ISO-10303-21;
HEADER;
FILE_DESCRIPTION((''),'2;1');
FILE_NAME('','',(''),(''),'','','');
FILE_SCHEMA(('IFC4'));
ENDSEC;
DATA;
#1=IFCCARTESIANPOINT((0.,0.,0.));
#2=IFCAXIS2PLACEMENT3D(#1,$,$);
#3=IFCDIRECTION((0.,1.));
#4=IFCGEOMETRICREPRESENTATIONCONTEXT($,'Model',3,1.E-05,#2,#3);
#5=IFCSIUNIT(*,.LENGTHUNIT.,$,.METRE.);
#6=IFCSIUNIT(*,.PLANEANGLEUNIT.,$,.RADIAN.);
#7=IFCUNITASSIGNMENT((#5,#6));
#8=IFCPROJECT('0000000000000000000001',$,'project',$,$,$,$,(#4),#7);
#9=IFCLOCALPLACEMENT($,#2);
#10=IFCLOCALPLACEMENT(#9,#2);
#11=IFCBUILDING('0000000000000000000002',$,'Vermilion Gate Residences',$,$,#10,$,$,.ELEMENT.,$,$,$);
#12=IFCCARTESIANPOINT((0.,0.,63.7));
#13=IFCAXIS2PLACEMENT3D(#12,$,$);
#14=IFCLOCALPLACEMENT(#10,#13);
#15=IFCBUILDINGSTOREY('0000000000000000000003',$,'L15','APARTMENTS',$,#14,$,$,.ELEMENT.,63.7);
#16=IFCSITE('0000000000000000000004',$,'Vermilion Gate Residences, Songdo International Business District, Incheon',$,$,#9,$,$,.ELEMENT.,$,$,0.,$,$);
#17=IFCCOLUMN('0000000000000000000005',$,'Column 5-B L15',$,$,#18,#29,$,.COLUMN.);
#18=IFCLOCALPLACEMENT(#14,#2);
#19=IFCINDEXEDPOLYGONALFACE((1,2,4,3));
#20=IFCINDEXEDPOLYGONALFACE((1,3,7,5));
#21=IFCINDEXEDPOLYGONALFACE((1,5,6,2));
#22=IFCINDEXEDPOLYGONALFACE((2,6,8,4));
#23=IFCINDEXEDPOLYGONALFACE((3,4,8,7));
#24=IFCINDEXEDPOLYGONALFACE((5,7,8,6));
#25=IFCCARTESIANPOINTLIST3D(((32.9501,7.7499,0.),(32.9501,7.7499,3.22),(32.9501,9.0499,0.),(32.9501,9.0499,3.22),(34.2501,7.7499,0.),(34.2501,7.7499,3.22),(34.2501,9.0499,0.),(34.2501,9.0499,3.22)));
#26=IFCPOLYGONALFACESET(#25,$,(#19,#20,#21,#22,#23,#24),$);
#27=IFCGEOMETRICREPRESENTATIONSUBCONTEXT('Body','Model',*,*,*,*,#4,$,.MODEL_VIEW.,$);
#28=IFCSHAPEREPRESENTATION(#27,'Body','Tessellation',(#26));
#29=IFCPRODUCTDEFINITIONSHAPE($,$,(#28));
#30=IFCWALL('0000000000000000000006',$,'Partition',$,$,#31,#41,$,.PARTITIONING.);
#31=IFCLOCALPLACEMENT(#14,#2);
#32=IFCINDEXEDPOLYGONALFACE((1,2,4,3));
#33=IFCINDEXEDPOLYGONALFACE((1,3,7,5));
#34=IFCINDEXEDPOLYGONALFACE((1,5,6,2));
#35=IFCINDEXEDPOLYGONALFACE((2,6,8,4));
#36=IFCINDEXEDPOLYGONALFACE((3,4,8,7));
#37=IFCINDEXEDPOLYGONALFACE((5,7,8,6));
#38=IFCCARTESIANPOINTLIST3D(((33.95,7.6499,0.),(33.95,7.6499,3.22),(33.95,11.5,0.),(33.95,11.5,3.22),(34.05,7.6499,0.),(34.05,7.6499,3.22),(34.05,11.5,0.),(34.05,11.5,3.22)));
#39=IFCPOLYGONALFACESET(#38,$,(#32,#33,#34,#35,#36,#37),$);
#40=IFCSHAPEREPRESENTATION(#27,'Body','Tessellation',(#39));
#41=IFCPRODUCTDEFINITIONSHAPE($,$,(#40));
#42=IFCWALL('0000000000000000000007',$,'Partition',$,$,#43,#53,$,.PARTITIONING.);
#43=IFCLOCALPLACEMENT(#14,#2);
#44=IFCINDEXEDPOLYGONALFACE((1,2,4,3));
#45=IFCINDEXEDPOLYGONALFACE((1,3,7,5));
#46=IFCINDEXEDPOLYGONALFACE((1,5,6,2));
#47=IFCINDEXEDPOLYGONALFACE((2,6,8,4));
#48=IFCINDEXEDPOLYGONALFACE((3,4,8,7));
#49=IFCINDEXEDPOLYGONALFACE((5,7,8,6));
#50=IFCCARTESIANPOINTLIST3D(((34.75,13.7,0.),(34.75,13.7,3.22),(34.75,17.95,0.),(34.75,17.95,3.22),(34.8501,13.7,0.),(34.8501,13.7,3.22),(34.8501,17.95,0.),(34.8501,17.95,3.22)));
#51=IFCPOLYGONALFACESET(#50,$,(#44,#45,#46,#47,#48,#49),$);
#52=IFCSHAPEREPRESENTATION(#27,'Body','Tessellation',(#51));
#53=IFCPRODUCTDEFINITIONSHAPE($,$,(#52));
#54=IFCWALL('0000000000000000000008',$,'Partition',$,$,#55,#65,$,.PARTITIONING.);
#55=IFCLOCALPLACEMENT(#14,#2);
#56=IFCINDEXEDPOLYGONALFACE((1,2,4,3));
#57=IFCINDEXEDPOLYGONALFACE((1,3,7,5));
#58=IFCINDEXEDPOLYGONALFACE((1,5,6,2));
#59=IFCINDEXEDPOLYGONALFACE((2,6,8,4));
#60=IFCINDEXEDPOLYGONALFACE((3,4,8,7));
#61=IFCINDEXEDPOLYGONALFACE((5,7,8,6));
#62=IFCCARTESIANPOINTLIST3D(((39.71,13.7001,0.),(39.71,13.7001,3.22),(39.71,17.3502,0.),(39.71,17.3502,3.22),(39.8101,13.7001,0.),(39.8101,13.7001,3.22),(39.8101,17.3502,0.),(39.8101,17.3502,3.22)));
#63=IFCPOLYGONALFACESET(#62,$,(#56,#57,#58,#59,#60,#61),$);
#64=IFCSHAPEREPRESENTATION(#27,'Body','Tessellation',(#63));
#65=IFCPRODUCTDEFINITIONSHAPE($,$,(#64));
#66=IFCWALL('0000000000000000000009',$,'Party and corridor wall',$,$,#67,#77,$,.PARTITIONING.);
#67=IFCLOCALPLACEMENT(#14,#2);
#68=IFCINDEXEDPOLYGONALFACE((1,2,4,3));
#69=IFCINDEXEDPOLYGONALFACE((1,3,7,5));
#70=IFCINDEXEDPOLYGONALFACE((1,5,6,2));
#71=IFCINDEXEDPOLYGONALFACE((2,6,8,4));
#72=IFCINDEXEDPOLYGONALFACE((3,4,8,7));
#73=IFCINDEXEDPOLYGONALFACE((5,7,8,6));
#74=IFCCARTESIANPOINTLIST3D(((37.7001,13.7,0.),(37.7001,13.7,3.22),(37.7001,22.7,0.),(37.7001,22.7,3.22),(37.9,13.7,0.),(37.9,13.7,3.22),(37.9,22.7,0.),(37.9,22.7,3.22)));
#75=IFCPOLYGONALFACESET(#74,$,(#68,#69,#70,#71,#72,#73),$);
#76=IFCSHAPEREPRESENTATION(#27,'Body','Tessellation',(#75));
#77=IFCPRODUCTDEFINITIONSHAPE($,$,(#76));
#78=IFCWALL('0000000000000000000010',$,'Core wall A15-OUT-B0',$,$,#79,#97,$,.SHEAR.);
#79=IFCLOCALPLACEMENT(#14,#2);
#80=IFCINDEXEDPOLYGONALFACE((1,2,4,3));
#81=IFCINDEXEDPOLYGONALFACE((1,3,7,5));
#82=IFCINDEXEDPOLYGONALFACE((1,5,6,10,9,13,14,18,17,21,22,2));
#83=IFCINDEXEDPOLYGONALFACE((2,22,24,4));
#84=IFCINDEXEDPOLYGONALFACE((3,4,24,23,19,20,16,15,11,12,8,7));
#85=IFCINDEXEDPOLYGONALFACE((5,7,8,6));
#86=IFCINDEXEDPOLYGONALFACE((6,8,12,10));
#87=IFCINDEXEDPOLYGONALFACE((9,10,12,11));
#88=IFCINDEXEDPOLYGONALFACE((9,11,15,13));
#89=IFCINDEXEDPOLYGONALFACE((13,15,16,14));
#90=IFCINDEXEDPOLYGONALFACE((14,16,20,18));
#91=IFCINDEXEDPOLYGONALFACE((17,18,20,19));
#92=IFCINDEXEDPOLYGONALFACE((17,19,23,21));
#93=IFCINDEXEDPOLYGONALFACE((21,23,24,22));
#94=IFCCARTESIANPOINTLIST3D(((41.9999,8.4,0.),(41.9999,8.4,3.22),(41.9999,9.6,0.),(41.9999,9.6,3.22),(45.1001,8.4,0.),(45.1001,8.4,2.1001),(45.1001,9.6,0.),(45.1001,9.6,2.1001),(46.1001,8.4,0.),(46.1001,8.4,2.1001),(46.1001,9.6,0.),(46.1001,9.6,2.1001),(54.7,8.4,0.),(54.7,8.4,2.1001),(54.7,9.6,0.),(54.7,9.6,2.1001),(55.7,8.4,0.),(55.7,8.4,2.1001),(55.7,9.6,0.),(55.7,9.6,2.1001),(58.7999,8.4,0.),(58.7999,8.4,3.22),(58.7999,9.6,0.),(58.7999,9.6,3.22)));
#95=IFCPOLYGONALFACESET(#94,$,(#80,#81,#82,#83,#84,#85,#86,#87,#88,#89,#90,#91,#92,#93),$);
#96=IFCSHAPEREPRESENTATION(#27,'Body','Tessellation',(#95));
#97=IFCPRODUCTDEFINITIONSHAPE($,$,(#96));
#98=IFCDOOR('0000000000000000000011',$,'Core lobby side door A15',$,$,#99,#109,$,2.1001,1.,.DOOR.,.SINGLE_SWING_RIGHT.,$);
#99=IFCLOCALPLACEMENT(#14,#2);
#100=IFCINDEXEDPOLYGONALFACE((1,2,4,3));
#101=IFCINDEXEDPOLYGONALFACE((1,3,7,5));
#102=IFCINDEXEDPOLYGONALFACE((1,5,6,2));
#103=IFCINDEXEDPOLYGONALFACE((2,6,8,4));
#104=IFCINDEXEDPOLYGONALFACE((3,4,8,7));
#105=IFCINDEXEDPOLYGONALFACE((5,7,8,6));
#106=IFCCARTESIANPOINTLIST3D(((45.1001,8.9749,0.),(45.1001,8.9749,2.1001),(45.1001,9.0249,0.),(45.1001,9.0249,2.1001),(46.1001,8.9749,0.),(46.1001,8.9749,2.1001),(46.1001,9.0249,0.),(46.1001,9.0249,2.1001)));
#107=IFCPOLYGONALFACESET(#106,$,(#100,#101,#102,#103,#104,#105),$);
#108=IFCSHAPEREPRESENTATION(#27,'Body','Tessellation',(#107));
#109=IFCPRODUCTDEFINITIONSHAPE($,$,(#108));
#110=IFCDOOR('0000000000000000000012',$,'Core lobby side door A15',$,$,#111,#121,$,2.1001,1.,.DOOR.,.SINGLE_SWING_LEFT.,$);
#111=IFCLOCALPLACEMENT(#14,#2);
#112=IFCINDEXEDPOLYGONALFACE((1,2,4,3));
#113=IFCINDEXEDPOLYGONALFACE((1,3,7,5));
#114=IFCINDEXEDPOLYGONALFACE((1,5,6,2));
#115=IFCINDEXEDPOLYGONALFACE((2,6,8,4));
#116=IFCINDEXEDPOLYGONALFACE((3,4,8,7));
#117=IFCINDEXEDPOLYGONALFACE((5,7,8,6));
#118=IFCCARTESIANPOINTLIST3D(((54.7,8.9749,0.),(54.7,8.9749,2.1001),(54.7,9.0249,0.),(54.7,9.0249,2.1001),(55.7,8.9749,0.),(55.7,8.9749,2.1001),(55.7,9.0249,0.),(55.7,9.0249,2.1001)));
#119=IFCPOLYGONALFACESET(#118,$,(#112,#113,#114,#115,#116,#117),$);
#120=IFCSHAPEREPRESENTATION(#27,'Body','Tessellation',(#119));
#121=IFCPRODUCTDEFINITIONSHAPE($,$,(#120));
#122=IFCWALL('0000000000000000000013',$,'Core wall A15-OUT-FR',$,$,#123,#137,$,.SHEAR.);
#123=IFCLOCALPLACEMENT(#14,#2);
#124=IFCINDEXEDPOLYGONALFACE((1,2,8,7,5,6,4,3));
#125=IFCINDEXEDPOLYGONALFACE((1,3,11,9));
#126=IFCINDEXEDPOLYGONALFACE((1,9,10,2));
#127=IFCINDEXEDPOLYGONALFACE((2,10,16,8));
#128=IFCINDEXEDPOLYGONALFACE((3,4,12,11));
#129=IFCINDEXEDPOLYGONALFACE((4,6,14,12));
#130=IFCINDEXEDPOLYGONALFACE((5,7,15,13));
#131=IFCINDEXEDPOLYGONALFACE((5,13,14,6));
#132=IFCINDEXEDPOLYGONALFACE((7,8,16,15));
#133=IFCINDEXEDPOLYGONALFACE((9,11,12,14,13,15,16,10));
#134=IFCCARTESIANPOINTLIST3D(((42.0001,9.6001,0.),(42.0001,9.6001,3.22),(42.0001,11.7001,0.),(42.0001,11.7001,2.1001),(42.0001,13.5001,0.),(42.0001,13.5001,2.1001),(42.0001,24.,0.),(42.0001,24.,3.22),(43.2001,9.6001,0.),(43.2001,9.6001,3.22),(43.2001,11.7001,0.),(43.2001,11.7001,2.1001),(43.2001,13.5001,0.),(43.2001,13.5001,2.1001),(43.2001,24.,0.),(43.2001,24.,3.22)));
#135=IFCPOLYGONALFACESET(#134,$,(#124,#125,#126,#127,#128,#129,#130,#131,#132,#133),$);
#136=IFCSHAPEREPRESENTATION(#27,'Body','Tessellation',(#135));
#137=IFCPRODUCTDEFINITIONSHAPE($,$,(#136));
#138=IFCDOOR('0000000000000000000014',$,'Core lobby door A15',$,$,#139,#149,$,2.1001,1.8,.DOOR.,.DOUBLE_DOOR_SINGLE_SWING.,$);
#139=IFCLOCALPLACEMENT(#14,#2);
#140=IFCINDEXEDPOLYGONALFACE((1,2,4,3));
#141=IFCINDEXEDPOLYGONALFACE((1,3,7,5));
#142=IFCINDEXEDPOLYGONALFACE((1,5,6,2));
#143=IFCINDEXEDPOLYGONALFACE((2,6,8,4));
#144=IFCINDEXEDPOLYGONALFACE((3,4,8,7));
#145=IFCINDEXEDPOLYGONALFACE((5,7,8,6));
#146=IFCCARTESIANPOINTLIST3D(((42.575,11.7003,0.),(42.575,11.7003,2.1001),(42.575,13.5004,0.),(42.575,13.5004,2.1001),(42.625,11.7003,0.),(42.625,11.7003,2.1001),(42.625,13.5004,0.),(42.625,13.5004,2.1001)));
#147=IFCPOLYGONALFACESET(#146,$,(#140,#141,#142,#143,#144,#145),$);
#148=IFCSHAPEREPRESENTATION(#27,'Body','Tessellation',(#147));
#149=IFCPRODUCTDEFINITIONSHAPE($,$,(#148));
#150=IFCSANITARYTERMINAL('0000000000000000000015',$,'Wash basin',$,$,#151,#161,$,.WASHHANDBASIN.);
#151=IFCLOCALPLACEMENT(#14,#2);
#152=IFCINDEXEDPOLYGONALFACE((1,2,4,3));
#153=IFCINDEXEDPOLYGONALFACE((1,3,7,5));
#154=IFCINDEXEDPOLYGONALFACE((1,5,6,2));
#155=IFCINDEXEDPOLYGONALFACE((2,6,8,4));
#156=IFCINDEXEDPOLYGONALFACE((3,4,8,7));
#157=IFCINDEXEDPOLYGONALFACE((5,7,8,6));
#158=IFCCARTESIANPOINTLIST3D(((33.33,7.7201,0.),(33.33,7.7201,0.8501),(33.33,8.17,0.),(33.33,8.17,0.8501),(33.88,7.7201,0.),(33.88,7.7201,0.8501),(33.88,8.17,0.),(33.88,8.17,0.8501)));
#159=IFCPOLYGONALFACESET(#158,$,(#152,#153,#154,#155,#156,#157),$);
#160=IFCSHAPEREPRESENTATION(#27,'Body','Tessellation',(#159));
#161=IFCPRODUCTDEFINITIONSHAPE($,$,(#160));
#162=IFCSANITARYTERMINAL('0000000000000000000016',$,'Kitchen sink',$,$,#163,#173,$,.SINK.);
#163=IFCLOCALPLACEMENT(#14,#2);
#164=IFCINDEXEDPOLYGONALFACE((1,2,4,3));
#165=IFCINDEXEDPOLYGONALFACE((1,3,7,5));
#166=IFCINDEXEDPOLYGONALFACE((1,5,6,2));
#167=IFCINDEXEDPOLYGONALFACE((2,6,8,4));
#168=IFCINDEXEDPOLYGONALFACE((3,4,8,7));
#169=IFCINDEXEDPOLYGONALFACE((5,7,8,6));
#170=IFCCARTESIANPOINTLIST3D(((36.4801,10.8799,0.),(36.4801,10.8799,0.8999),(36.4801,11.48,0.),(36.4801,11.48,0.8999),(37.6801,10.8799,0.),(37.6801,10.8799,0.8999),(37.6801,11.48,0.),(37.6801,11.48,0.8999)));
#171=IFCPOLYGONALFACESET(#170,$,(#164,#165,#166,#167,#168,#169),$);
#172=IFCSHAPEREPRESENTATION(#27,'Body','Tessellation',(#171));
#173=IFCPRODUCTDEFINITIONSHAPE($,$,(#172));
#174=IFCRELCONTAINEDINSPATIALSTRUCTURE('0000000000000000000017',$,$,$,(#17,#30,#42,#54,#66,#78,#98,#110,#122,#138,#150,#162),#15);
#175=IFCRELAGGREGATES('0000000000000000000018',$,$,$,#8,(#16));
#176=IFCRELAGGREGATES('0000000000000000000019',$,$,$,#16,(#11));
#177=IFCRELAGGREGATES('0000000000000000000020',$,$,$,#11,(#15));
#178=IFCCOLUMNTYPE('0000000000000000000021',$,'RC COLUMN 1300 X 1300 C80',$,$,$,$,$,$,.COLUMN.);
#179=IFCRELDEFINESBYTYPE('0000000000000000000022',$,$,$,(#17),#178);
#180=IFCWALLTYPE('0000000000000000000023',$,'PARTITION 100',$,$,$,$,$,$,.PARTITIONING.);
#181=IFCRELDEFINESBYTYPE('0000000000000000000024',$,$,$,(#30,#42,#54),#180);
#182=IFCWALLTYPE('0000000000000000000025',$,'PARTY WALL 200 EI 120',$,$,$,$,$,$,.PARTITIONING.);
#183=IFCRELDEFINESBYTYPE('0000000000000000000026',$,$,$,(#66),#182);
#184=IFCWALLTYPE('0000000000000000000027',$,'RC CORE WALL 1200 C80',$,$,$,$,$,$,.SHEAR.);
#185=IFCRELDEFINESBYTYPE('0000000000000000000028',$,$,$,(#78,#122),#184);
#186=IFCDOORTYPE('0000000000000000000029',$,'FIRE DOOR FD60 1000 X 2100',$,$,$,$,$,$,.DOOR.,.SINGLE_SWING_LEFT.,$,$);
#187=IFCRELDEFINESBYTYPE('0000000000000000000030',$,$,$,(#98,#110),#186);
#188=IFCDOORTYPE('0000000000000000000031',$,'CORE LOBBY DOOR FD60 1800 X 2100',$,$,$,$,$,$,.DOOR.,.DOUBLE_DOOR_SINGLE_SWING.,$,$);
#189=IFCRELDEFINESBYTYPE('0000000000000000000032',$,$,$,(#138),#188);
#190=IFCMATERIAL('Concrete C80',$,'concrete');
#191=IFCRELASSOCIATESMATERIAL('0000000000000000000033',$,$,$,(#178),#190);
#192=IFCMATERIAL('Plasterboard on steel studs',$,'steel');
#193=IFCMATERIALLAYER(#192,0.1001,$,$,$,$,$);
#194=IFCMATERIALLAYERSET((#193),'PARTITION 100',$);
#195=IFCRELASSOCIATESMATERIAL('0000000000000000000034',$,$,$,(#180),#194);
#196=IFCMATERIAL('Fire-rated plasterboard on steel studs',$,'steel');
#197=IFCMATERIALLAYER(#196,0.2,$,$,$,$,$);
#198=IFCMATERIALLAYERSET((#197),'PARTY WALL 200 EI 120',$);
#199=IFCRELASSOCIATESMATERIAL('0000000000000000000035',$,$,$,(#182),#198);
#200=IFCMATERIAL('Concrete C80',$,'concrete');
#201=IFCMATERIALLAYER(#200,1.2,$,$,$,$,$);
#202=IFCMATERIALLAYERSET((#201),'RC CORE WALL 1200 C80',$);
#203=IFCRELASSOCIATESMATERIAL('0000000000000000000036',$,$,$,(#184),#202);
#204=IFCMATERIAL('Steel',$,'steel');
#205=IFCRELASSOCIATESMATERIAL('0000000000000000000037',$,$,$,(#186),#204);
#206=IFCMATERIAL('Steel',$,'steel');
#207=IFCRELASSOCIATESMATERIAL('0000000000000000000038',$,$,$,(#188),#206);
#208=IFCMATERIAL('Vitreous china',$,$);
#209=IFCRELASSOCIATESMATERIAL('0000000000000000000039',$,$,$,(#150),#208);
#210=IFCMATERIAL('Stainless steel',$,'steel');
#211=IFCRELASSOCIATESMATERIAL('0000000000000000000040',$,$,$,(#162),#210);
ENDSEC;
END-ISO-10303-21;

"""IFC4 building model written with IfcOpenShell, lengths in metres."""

from ifc_helpers import new_model, si_unit, direction, frame, frame_2d, origin, origin_2d, place, context, subcontext, project, spatial, rectangle, extrude, material, layer, layer_set, material_profile, profile_set, type_object, element, fill, save


model = new_model("IFC4")

# Units and contexts
model_context = context("Model", 3, precision=1e-05, world=origin(), true_north=direction((0.0, 1.0)))
body_context = subcontext(model_context, "Body", "Model", "MODEL_VIEW")
ifc_project = project(units=[si_unit("LENGTHUNIT", "METRE"), si_unit("PLANEANGLEUNIT", "RADIAN")], contexts=[model_context])

# Site, building, storey
site_placement = place(None, origin())
site = spatial("IfcSite", under=ifc_project, at=site_placement, Name="Vermilion Gate Residences, Songdo International Business District, Incheon", CompositionType="ELEMENT", RefElevation=0.0)
building_placement = place(site_placement, origin())
building = spatial("IfcBuilding", under=site, at=building_placement, Name="Vermilion Gate Residences", CompositionType="ELEMENT")
storey_placement = place(building_placement, frame((0.0, 0.0, 63.7)))
storey = spatial("IfcBuildingStorey", under=building, at=storey_placement, Name="L15", Description="APARTMENTS", CompositionType="ELEMENT", Elevation=63.7)

# Column
ifc_material_1 = material(Name="Concrete C80", Category="concrete")
ifc_material_profile = material_profile(ifc_material_1, rectangle(XDim=1.3, YDim=1.3, at=origin_2d()), Name="RC-1300x1300")
ifc_profile_set = profile_set([ifc_material_profile], Name="Concrete C80")
column_type = type_object("IfcColumnType", Name="RC COLUMN 1300 X 1300 C80", PredefinedType="COLUMN", material=ifc_profile_set)
column_placement = place(storey_placement, frame((33.6001, 8.3999, 0.0), z_axis=(0.0, 0.0, 1.0), x_axis=(1.0, 0.0, 0.0)))
element("IfcColumn", 1, at=column_placement, inside=storey, type_object=column_type, Name="Column 5-B L15", PredefinedType="COLUMN", context=body_context, shape_type="SweptSolid", body=[
    extrude(rectangle(XDim=1.3, YDim=1.3, at=origin_2d()), origin(), (0.0, 0.0, 1.0), 3.22),
])

# Walls
ifc_material_2 = material(Name="Plasterboard on steel studs", Category="steel")
ifc_layer_1 = layer(ifc_material_2, 0.1001)
ifc_layer_set_1 = layer_set([ifc_layer_1], Name="PARTITION 100")
wall_type_1 = type_object("IfcWallType", Name="PARTITION 100", PredefinedType="PARTITIONING", material=ifc_layer_set_1)
wall_1_placement = place(storey_placement, frame((34.0, 7.6499, 0.0), z_axis=(0.0, 0.0, 1.0), x_axis=(0.0, 1.0, 0.0)))
element("IfcWall", 2, at=wall_1_placement, inside=storey, type_object=wall_type_1, Name="Partition", PredefinedType="PARTITIONING", context=body_context, shape_type="SweptSolid", body=[
    extrude(rectangle(XDim=3.8501, YDim=0.1001, at=frame_2d((1.925, 0.0))), origin(), (0.0, 0.0, 1.0), 3.22),
])
wall_2_placement = place(storey_placement, frame((34.8, 13.7, 0.0), z_axis=(0.0, 0.0, 1.0), x_axis=(0.0, 1.0, 0.0)))
element("IfcWall", 3, at=wall_2_placement, inside=storey, type_object=wall_type_1, Name="Partition", PredefinedType="PARTITIONING", context=body_context, shape_type="SweptSolid", body=[
    extrude(rectangle(XDim=4.25, YDim=0.1001, at=frame_2d((2.125, 0.0))), origin(), (0.0, 0.0, 1.0), 3.22),
])
wall_3_placement = place(storey_placement, frame((39.76, 13.7, 0.0), z_axis=(0.0, 0.0, 1.0), x_axis=(0.0, 1.0, 0.0)))
element("IfcWall", 4, at=wall_3_placement, inside=storey, type_object=wall_type_1, Name="Partition", PredefinedType="PARTITIONING", context=body_context, shape_type="SweptSolid", body=[
    extrude(rectangle(XDim=3.6501, YDim=0.1001, at=frame_2d((1.8252, 0.0))), origin(), (0.0, 0.0, 1.0), 3.22),
])
ifc_material_3 = material(Name="Fire-rated plasterboard on steel studs", Category="steel")
ifc_layer_2 = layer(ifc_material_3, 0.2)
ifc_layer_set_2 = layer_set([ifc_layer_2], Name="PARTY WALL 200 EI 120")
wall_type_2 = type_object("IfcWallType", Name="PARTY WALL 200 EI 120", PredefinedType="PARTITIONING", material=ifc_layer_set_2)
wall_4_placement = place(storey_placement, frame((37.8, 13.7, 0.0), z_axis=(0.0, 0.0, 1.0), x_axis=(0.0, 1.0, 0.0)))
element("IfcWall", 5, at=wall_4_placement, inside=storey, type_object=wall_type_2, Name="Party and corridor wall", PredefinedType="PARTITIONING", context=body_context, shape_type="SweptSolid", body=[
    extrude(rectangle(XDim=9.0, YDim=0.2, at=frame_2d((4.5, 0.0))), origin(), (0.0, 0.0, 1.0), 3.22),
])

# Wall, openings, doors
ifc_material_4 = material(Name="Concrete C80", Category="concrete")
ifc_layer_3 = layer(ifc_material_4, 1.2)
ifc_layer_set_3 = layer_set([ifc_layer_3], Name="RC CORE WALL 1200 C80")
wall_type_3 = type_object("IfcWallType", Name="RC CORE WALL 1200 C80", PredefinedType="SHEAR", material=ifc_layer_set_3)
wall_5_placement = place(storey_placement, frame((42.0, 9.0, 0.0), z_axis=(0.0, 0.0, 1.0), x_axis=(1.0, 0.0, 0.0)))
wall_5 = element("IfcWall", 6, at=wall_5_placement, inside=storey, type_object=wall_type_3, Name="Core wall A15-OUT-B0", PredefinedType="SHEAR", context=body_context, shape_type="SweptSolid", body=[
    extrude(rectangle(XDim=16.8, YDim=1.2, at=frame_2d((8.3999, 0.0))), origin(), (0.0, 0.0, 1.0), 3.22),
])
opening_1_placement = place(wall_5_placement, frame((3.1001, 0.0, 0.0)))
opening_1 = element("IfcOpeningElement", 7, at=opening_1_placement, cuts=wall_5, PredefinedType="OPENING", context=body_context, shape_type="SweptSolid", body=[
    extrude(rectangle(XDim=1.0, YDim=2.1001, at=frame_2d((0.5, 1.05))), frame((0.0, 0.6099, 0.0), z_axis=(0.0, -1.0, 0.0), x_axis=(1.0, 0.0, 0.0)), (0.0, 0.0, 1.0), 1.22),
])
opening_2_placement = place(wall_5_placement, frame((12.7, 0.0, 0.0)))
opening_2 = element("IfcOpeningElement", 8, at=opening_2_placement, cuts=wall_5, PredefinedType="OPENING", context=body_context, shape_type="SweptSolid", body=[
    extrude(rectangle(XDim=1.0, YDim=2.1001, at=frame_2d((0.5, 1.05))), frame((0.0, 0.6099, 0.0), z_axis=(0.0, -1.0, 0.0), x_axis=(1.0, 0.0, 0.0)), (0.0, 0.0, 1.0), 1.22),
])
ifc_material_5 = material(Name="Steel", Category="steel")
door_type_1 = type_object("IfcDoorType", Name="FIRE DOOR FD60 1000 X 2100", OperationType="SINGLE_SWING_LEFT", PredefinedType="DOOR", material=ifc_material_5)
door_1_placement = place(opening_1_placement, origin())
door_1 = element("IfcDoor", 9, at=door_1_placement, inside=storey, type_object=door_type_1, Name="Core lobby side door A15", OperationType="SINGLE_SWING_RIGHT", OverallHeight=2.1001, OverallWidth=1.0, PredefinedType="DOOR", context=body_context, shape_type="SweptSolid", body=[
    extrude(rectangle(XDim=1.0, YDim=2.1001, at=frame_2d((0.5, 1.05))), frame((0.0, 0.0249, 0.0), z_axis=(0.0, -1.0, 0.0), x_axis=(1.0, 0.0, 0.0)), (0.0, 0.0, 1.0), 0.05),
])
fill(opening_1, door_1)
door_2_placement = place(opening_2_placement, origin())
door_2 = element("IfcDoor", 10, at=door_2_placement, inside=storey, type_object=door_type_1, Name="Core lobby side door A15", OperationType="SINGLE_SWING_LEFT", OverallHeight=2.1001, OverallWidth=1.0, PredefinedType="DOOR", context=body_context, shape_type="SweptSolid", body=[
    extrude(rectangle(XDim=1.0, YDim=2.1001, at=frame_2d((0.5, 1.05))), frame((0.0, 0.0249, 0.0), z_axis=(0.0, -1.0, 0.0), x_axis=(1.0, 0.0, 0.0)), (0.0, 0.0, 1.0), 0.05),
])
fill(opening_2, door_2)

# Wall, opening, door
wall_6_placement = place(storey_placement, frame((42.6001, 9.6001, 0.0), z_axis=(0.0, 0.0, 1.0), x_axis=(0.0, 1.0, 0.0)))
wall_6 = element("IfcWall", 11, at=wall_6_placement, inside=storey, type_object=wall_type_3, Name="Core wall A15-OUT-FR", PredefinedType="SHEAR", context=body_context, shape_type="SweptSolid", body=[
    extrude(rectangle(XDim=14.3999, YDim=1.2, at=frame_2d((7.2, 0.0))), origin(), (0.0, 0.0, 1.0), 3.22),
])
opening_3_placement = place(wall_6_placement, frame((2.1001, 0.0, 0.0)))
opening_3 = element("IfcOpeningElement", 12, at=opening_3_placement, cuts=wall_6, PredefinedType="OPENING", context=body_context, shape_type="SweptSolid", body=[
    extrude(rectangle(XDim=1.8, YDim=2.1001, at=frame_2d((0.8999, 1.05))), frame((0.0, 0.6099, 0.0), z_axis=(0.0, -1.0, 0.0), x_axis=(1.0, 0.0, 0.0)), (0.0, 0.0, 1.0), 1.22),
])
ifc_material_6 = material(Name="Steel", Category="steel")
door_type_2 = type_object("IfcDoorType", Name="CORE LOBBY DOOR FD60 1800 X 2100", OperationType="DOUBLE_DOOR_SINGLE_SWING", PredefinedType="DOOR", material=ifc_material_6)
door_3_placement = place(opening_3_placement, frame((1.8, 0.0, 0.0), z_axis=(0.0, 0.0, 1.0), x_axis=(-1.0, 0.0, 0.0)))
door_3 = element("IfcDoor", 13, at=door_3_placement, inside=storey, type_object=door_type_2, Name="Core lobby door A15", OperationType="DOUBLE_DOOR_SINGLE_SWING", OverallHeight=2.1001, OverallWidth=1.8, PredefinedType="DOOR", context=body_context, shape_type="SweptSolid", body=[
    extrude(rectangle(XDim=1.8, YDim=2.1001, at=frame_2d((0.8999, 1.05))), frame((0.0, 0.0249, 0.0), z_axis=(0.0, -1.0, 0.0), x_axis=(1.0, 0.0, 0.0)), (0.0, 0.0, 1.0), 0.05),
])
fill(opening_3, door_3)

# Sanitary terminals
ifc_material_7 = material(Name="Vitreous china")
sanitary_terminal_1_placement = place(storey_placement, frame((33.605, 7.9451, 0.0), z_axis=(0.0, 0.0, 1.0), x_axis=(1.0, 0.0, 0.0)))
element("IfcSanitaryTerminal", 14, at=sanitary_terminal_1_placement, inside=storey, material=ifc_material_7, Name="Wash basin", PredefinedType="WASHHANDBASIN", context=body_context, shape_type="SweptSolid", body=[
    extrude(rectangle(XDim=0.55, YDim=0.45, at=origin_2d()), origin(), (0.0, 0.0, 1.0), 0.8501),
])
ifc_material_8 = material(Name="Stainless steel", Category="steel")
sanitary_terminal_2_placement = place(storey_placement, frame((37.0801, 11.1799, 0.0), z_axis=(0.0, 0.0, 1.0), x_axis=(1.0, 0.0, 0.0)))
element("IfcSanitaryTerminal", 15, at=sanitary_terminal_2_placement, inside=storey, material=ifc_material_8, Name="Kitchen sink", PredefinedType="SINK", context=body_context, shape_type="SweptSolid", body=[
    extrude(rectangle(XDim=1.2, YDim=0.6001, at=origin_2d()), origin(), (0.0, 0.0, 1.0), 0.8999),
])

save(model, "model.ifc")
